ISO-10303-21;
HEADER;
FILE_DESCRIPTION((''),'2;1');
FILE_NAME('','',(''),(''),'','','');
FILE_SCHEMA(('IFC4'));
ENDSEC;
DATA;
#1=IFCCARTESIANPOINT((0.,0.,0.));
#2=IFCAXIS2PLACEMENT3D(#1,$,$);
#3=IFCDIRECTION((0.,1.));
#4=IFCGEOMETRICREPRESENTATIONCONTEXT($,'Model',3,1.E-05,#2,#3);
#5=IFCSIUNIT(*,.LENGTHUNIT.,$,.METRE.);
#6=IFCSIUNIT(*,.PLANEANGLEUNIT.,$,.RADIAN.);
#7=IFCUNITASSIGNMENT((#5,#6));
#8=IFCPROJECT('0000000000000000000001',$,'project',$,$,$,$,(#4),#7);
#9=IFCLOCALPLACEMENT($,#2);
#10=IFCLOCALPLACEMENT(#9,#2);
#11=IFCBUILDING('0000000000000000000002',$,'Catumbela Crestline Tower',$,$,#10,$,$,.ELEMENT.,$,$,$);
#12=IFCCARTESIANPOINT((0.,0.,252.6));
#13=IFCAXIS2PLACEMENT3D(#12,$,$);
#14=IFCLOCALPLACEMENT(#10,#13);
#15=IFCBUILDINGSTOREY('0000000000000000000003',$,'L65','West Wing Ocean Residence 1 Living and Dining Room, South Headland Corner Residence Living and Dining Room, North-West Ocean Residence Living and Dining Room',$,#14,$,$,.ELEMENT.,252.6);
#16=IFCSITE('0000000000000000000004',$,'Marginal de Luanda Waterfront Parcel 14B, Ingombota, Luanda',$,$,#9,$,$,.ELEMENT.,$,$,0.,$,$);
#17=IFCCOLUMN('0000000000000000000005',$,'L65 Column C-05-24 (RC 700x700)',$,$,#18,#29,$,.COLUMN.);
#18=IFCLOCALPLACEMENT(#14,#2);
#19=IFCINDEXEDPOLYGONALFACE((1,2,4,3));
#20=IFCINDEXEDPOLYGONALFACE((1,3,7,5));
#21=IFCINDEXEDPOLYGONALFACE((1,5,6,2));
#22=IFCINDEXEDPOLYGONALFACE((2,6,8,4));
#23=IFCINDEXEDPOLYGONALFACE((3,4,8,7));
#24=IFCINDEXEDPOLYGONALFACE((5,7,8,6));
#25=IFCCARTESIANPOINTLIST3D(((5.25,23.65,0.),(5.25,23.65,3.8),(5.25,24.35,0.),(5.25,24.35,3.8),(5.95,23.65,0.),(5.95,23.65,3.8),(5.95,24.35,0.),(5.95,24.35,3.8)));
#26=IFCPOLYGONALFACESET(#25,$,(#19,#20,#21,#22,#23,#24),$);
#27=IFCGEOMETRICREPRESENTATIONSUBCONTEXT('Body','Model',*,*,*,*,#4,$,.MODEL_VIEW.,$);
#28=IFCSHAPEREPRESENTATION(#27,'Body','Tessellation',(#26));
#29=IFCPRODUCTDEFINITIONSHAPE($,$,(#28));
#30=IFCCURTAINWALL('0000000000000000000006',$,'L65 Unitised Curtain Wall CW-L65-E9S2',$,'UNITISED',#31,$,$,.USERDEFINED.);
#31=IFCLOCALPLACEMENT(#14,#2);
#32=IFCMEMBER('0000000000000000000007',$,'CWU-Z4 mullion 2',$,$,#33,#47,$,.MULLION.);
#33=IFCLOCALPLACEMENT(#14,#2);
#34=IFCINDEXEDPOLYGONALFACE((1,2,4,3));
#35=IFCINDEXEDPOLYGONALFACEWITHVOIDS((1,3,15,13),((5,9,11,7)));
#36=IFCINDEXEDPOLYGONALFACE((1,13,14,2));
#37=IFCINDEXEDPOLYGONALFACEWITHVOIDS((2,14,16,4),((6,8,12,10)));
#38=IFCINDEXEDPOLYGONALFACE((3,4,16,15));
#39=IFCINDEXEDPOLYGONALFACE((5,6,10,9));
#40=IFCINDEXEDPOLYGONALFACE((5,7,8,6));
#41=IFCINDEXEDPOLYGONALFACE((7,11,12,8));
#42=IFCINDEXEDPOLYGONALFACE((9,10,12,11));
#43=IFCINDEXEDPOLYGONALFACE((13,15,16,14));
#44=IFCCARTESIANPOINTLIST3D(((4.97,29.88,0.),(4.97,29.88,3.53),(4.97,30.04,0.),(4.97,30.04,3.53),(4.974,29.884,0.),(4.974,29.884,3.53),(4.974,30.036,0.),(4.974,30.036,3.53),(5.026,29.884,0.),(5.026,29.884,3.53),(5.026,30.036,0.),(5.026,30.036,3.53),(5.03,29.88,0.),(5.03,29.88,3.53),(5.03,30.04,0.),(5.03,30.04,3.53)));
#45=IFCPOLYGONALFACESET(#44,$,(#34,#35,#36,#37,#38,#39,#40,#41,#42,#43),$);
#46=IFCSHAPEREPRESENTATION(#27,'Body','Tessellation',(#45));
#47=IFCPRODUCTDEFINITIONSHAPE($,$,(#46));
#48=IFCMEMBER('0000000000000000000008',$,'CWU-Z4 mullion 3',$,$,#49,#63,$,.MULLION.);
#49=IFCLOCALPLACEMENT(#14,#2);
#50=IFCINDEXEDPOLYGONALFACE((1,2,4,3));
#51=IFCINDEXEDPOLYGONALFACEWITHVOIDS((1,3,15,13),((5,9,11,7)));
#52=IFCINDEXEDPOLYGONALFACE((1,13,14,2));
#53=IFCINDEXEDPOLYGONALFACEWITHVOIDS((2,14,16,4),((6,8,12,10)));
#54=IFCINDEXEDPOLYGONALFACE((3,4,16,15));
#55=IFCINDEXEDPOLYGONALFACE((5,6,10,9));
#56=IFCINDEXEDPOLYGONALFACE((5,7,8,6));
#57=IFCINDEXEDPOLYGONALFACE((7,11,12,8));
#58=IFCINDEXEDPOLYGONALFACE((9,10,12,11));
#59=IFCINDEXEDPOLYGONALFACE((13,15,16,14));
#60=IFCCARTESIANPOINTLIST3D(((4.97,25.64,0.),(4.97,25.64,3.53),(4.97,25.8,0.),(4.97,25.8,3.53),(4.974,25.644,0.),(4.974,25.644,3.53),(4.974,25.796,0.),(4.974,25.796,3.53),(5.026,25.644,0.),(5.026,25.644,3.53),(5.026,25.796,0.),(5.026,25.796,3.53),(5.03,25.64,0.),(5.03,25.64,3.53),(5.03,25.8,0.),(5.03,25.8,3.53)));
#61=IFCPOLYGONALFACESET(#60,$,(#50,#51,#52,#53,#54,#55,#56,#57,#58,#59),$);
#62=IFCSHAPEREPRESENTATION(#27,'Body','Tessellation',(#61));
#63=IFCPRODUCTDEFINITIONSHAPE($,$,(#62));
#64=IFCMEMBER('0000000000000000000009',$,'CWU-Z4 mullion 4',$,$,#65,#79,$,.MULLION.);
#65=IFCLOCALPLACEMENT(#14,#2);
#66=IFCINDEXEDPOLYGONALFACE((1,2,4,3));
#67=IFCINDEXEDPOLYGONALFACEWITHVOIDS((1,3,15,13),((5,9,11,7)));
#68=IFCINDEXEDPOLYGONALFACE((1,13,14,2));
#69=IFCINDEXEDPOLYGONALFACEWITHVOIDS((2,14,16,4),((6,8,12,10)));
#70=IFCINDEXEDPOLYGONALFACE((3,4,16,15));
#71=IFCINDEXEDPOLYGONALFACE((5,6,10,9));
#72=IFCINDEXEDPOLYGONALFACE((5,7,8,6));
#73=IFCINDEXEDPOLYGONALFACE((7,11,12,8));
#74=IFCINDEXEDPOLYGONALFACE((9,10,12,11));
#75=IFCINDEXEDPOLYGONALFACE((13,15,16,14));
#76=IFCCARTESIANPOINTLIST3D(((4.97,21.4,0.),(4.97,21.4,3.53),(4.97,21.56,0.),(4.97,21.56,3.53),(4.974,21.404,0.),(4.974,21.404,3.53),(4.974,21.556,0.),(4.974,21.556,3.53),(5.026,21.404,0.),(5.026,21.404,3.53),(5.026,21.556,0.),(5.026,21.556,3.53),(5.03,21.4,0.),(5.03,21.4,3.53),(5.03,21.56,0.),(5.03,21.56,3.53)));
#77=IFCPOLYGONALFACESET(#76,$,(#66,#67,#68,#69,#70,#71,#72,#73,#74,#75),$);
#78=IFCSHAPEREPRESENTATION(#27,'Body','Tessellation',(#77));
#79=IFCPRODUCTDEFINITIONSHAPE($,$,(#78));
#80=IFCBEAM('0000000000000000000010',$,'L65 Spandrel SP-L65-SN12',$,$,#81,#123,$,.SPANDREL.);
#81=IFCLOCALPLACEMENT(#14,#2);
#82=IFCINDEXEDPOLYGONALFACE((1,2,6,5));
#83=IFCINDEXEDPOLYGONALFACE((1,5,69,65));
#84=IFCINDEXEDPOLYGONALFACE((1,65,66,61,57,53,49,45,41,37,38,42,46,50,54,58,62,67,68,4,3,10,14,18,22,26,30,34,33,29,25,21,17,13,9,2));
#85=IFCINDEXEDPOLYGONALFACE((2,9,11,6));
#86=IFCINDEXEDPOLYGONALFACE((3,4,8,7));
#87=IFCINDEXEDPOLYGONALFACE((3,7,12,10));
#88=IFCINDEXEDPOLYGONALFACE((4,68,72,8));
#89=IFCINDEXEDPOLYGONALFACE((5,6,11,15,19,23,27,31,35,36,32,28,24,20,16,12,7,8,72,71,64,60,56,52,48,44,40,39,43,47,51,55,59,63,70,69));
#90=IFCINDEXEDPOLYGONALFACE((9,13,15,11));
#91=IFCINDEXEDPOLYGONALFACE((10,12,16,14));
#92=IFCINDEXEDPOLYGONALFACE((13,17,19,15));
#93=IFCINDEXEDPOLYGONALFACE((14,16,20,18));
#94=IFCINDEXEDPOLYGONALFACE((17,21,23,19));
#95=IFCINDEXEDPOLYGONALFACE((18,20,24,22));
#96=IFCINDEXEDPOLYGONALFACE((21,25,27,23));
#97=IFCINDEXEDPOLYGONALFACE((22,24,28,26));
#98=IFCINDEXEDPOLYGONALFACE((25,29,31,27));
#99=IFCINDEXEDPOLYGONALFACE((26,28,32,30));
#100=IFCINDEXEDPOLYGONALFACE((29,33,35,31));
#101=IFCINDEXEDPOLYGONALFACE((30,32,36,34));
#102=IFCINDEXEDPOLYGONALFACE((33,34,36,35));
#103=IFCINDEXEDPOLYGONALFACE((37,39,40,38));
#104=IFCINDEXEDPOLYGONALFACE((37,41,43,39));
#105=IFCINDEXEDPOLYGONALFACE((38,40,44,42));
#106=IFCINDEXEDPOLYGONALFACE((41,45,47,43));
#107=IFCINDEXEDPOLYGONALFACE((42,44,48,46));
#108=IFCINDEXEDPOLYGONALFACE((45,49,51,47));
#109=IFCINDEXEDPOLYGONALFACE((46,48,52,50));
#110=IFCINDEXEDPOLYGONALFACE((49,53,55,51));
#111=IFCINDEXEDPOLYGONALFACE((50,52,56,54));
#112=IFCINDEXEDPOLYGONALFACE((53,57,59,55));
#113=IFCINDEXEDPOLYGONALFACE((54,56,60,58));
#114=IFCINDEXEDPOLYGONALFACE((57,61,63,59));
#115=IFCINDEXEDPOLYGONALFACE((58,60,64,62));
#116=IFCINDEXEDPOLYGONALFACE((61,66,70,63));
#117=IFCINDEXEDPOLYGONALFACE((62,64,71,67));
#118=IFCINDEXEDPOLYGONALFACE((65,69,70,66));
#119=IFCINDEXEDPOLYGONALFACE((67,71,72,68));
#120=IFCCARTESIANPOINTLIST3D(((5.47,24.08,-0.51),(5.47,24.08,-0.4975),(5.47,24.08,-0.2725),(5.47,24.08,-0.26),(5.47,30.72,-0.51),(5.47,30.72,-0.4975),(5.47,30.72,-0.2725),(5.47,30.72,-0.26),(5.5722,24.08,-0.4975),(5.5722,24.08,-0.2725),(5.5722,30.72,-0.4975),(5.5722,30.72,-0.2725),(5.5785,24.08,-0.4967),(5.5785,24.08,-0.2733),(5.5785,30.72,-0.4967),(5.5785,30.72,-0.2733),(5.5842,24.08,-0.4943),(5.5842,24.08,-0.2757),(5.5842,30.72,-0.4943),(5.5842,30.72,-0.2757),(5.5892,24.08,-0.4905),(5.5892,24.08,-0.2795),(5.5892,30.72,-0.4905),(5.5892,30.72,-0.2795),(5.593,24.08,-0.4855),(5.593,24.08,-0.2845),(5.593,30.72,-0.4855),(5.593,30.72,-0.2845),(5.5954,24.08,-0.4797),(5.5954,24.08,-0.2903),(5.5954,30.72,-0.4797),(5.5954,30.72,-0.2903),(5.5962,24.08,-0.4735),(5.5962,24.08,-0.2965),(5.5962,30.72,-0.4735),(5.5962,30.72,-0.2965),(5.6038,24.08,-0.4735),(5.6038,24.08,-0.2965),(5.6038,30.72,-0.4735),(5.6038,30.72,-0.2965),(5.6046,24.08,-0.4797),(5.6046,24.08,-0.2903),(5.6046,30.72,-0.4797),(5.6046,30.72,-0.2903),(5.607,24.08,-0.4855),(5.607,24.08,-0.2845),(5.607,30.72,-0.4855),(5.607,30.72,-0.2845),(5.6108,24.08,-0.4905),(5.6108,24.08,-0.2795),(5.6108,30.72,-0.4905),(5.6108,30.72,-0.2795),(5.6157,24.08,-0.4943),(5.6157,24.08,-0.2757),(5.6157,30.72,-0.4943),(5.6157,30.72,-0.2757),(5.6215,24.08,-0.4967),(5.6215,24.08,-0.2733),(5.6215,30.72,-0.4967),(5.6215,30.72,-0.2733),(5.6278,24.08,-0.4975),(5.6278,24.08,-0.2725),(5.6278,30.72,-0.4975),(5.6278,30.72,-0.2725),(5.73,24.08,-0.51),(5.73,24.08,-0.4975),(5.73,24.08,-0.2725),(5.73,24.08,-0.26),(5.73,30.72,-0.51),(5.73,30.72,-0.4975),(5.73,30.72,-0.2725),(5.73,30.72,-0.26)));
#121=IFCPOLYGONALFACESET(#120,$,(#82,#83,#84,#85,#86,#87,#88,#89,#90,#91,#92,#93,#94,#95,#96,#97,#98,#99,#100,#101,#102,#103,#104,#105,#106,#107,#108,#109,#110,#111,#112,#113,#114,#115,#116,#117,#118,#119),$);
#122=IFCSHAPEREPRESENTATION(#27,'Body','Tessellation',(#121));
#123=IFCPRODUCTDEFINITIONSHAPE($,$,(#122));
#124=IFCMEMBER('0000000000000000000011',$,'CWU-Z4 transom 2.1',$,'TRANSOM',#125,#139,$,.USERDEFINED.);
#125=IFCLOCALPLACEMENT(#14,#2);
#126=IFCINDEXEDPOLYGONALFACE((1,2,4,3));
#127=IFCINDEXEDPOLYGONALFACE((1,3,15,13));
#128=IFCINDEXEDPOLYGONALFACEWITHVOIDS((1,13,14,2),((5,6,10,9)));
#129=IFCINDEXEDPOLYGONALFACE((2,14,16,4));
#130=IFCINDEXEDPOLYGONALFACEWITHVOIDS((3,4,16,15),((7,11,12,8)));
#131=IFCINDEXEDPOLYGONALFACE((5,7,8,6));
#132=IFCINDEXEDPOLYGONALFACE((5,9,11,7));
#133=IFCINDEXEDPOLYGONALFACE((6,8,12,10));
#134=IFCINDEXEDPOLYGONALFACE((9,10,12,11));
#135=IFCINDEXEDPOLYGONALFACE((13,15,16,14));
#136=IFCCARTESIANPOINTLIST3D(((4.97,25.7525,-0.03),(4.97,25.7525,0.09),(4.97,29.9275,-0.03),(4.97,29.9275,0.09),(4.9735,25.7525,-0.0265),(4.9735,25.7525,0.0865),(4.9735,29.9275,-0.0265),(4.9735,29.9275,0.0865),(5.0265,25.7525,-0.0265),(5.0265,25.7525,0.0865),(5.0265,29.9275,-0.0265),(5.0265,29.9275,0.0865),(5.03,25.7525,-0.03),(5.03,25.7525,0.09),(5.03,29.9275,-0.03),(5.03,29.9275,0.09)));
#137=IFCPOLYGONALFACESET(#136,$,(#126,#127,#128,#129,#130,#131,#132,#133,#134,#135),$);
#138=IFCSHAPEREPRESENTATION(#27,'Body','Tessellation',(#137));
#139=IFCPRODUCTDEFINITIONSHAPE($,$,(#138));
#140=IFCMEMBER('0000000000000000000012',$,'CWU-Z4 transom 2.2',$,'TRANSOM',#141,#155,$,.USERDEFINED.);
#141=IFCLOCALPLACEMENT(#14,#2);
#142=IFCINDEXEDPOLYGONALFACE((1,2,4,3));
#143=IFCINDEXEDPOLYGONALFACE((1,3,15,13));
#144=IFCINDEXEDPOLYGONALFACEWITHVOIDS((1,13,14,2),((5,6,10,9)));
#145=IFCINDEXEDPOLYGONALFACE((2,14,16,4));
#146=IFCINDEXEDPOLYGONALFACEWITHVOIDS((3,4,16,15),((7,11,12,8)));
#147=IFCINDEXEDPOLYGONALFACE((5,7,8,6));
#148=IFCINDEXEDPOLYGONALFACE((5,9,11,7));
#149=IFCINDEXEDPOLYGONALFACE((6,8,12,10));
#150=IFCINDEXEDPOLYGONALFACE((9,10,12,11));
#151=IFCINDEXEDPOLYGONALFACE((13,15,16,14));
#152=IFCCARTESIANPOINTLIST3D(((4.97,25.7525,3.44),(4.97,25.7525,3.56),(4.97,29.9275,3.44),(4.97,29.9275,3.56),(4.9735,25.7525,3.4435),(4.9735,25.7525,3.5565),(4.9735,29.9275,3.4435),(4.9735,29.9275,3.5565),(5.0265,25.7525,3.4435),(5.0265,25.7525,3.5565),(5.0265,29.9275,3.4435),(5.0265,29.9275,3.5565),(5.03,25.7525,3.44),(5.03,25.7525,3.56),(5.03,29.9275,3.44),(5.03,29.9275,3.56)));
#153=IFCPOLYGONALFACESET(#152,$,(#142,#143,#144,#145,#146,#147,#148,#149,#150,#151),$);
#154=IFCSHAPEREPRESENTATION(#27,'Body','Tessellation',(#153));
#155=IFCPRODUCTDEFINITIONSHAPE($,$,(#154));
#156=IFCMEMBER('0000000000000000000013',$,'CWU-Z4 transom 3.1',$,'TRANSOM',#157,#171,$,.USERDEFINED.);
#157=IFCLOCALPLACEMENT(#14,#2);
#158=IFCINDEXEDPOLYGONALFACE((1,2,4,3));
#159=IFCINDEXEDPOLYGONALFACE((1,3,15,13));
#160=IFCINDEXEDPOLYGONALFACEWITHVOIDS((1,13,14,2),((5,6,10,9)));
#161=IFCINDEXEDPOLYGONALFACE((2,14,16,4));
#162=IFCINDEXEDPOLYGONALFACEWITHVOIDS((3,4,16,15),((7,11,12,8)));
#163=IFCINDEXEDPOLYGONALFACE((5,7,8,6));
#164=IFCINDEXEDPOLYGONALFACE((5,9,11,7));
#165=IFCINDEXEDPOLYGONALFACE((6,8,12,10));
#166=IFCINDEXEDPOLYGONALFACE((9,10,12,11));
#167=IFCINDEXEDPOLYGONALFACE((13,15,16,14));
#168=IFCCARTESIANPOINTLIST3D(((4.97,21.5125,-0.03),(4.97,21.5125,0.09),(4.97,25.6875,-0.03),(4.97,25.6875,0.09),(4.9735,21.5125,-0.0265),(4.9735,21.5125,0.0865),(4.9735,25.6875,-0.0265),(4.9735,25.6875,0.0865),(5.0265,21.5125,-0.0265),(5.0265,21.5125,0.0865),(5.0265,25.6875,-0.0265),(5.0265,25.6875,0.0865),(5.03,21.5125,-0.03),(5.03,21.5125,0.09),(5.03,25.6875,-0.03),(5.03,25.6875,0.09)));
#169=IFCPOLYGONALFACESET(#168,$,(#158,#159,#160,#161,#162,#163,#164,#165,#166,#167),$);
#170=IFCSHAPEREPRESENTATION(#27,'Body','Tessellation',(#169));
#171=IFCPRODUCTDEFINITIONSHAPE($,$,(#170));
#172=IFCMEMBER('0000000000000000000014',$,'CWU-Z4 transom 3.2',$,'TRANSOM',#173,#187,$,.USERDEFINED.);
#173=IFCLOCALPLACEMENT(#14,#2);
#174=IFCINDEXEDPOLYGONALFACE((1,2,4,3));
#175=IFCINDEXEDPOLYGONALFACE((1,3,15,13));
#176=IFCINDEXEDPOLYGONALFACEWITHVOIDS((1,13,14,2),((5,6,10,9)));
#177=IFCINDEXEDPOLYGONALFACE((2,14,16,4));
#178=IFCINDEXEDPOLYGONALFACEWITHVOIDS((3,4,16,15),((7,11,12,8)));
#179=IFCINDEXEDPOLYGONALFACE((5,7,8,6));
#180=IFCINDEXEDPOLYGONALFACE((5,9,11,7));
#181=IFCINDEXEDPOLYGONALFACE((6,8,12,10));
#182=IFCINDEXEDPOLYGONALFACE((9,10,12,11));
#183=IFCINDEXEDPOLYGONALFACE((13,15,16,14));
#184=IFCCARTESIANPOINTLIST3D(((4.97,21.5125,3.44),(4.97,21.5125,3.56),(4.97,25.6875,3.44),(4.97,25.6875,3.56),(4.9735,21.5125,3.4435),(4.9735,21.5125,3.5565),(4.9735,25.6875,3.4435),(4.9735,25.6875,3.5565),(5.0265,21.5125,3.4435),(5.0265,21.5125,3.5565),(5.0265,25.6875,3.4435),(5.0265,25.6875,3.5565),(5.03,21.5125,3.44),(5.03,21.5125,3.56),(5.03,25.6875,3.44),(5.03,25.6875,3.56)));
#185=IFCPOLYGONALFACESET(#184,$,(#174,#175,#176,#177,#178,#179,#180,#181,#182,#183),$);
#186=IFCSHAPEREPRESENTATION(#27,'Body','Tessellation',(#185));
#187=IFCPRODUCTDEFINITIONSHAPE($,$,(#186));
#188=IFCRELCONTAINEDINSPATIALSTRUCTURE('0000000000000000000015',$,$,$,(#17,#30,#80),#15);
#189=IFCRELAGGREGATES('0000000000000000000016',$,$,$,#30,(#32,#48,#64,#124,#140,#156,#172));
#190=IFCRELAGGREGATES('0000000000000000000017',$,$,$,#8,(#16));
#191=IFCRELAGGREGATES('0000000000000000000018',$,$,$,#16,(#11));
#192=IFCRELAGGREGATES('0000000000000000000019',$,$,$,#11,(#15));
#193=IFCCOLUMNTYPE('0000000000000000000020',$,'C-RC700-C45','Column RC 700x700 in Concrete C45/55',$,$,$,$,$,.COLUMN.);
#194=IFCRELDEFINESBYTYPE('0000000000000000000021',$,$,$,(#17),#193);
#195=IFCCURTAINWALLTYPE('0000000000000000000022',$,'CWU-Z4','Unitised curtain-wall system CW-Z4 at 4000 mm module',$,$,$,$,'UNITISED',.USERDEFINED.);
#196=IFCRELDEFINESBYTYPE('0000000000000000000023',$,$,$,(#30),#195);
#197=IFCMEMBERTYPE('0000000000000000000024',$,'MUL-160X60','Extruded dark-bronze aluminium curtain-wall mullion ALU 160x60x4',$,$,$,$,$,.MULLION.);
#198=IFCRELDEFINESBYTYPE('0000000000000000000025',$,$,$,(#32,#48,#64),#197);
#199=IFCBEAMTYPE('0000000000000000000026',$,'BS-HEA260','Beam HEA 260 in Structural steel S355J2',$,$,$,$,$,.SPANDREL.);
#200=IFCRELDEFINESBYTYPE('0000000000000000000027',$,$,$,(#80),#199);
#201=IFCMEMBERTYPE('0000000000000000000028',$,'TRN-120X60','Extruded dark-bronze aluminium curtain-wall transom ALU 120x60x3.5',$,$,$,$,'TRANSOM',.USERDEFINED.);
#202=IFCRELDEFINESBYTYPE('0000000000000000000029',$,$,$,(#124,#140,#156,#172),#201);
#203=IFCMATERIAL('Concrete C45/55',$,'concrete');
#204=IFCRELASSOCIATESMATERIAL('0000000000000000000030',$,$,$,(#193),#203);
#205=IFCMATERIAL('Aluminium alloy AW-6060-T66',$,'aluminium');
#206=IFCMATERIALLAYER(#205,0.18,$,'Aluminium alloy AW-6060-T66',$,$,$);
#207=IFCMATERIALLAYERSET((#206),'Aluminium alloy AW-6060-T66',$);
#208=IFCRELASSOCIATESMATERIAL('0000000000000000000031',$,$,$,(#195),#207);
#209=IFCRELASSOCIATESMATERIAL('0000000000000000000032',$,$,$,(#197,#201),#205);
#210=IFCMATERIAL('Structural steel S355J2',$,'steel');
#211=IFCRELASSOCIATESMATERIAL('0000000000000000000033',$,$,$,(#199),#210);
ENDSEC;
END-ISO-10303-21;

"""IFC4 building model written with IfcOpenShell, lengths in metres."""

from ifc_helpers import new_model, si_unit, direction, frame, origin, origin_2d, place, context, subcontext, project, spatial, rectangle, hollow_rectangle, i_section, extrude, material, layer, layer_set, material_profile, profile_set, type_object, element, aggregate, save


model = new_model("IFC4")

# Units and contexts
model_context = context("Model", 3, precision=1e-05, world=origin(), true_north=direction((0.0, 1.0)))
body_context = subcontext(model_context, "Body", "Model", "MODEL_VIEW")
ifc_project = project(units=[si_unit("LENGTHUNIT", "METRE"), si_unit("PLANEANGLEUNIT", "RADIAN")], contexts=[model_context])

# Site, building, storey
site_placement = place(None, origin())
site = spatial("IfcSite", under=ifc_project, at=site_placement, Name="Marginal de Luanda Waterfront Parcel 14B, Ingombota, Luanda", CompositionType="ELEMENT", RefElevation=0.0)
building_placement = place(site_placement, origin())
building = spatial("IfcBuilding", under=site, at=building_placement, Name="Catumbela Crestline Tower", CompositionType="ELEMENT")
storey_placement = place(building_placement, frame((0.0, 0.0, 252.6)))
storey = spatial("IfcBuildingStorey", under=building, at=storey_placement, Name="L65", Description="West Wing Ocean Residence 1 Living and Dining Room, South Headland Corner Residence Living and Dining Room, North-West Ocean Residence Living and Dining Room", CompositionType="ELEMENT", Elevation=252.6)

# Column
ifc_material_1 = material(Name="Concrete C45/55", Category="concrete")
ifc_material_profile_1 = material_profile(ifc_material_1, rectangle(XDim=0.7, YDim=0.7, at=origin_2d()), Name="RC 700x700")
ifc_profile_set_1 = profile_set([ifc_material_profile_1], Name="Concrete C45/55")
column_type = type_object("IfcColumnType", Name="C-RC700-C45", Description="Column RC 700x700 in Concrete C45/55", PredefinedType="COLUMN", material=ifc_profile_set_1)
column_placement = place(storey_placement, frame((5.6, 24.0, 0.0), z_axis=(0.0, 0.0, 1.0), x_axis=(1.0, 0.0, 0.0)))
element("IfcColumn", 1, at=column_placement, inside=storey, type_object=column_type, Name="L65 Column C-05-24 (RC 700x700)", PredefinedType="COLUMN", context=body_context, shape_type="SweptSolid", body=[
    extrude(rectangle(XDim=0.7, YDim=0.7, at=origin_2d()), origin(), (0.0, 0.0, 1.0), 3.8),
])

# Curtain wall, members
ifc_material_2 = material(Name="Aluminium alloy AW-6060-T66", Category="aluminium")
ifc_layer_1 = layer(ifc_material_2, 0.18, Name="Aluminium alloy AW-6060-T66")
ifc_layer_set_1 = layer_set([ifc_layer_1], Name="Aluminium alloy AW-6060-T66")
curtain_wall_type = type_object("IfcCurtainWallType", Name="CWU-Z4", Description="Unitised curtain-wall system CW-Z4 at 4000 mm module", ElementType="UNITISED", PredefinedType="USERDEFINED", material=ifc_layer_set_1)
curtain_wall_placement = place(storey_placement, origin())
curtain_wall = element("IfcCurtainWall", 2, at=curtain_wall_placement, inside=storey, type_object=curtain_wall_type, Name="L65 Unitised Curtain Wall CW-L65-E9S2", ObjectType="UNITISED", PredefinedType="USERDEFINED")
ifc_material_profile_2 = material_profile(ifc_material_2, hollow_rectangle(XDim=0.06, YDim=0.16, WallThickness=0.004, at=origin_2d()), Name="ALU 160x60x4")
ifc_profile_set_2 = profile_set([ifc_material_profile_2], Name="Aluminium alloy AW-6060-T66")
member_type_1 = type_object("IfcMemberType", Name="MUL-160X60", Description="Extruded dark-bronze aluminium curtain-wall mullion ALU 160x60x4", PredefinedType="MULLION", material=ifc_profile_set_2)
member_1_placement = place(storey_placement, frame((5.0, 29.96, 0.0), z_axis=(0.0, 0.0, 1.0), x_axis=(1.0, 0.0, 0.0)))
member_1 = element("IfcMember", 3, at=member_1_placement, type_object=member_type_1, Name="CWU-Z4 mullion 2", PredefinedType="MULLION", context=body_context, shape_type="SweptSolid", body=[
    extrude(hollow_rectangle(XDim=0.06, YDim=0.16, WallThickness=0.004, at=origin_2d()), origin(), (0.0, 0.0, 1.0), 3.53),
])
member_2_placement = place(storey_placement, frame((5.0, 25.72, 0.0), z_axis=(0.0, 0.0, 1.0), x_axis=(1.0, 0.0, 0.0)))
member_2 = element("IfcMember", 4, at=member_2_placement, type_object=member_type_1, Name="CWU-Z4 mullion 3", PredefinedType="MULLION", context=body_context, shape_type="SweptSolid", body=[
    extrude(hollow_rectangle(XDim=0.06, YDim=0.16, WallThickness=0.004, at=origin_2d()), origin(), (0.0, 0.0, 1.0), 3.53),
])
member_3_placement = place(storey_placement, frame((5.0, 21.48, 0.0), z_axis=(0.0, 0.0, 1.0), x_axis=(1.0, 0.0, 0.0)))
member_3 = element("IfcMember", 5, at=member_3_placement, type_object=member_type_1, Name="CWU-Z4 mullion 4", PredefinedType="MULLION", context=body_context, shape_type="SweptSolid", body=[
    extrude(hollow_rectangle(XDim=0.06, YDim=0.16, WallThickness=0.004, at=origin_2d()), origin(), (0.0, 0.0, 1.0), 3.53),
])

# Beam
ifc_material_3 = material(Name="Structural steel S355J2", Category="steel")
ifc_material_profile_3 = material_profile(ifc_material_3, i_section(OverallWidth=0.26, OverallDepth=0.25, WebThickness=0.0075, FlangeThickness=0.0125, FilletRadius=0.024, at=origin_2d()), Name="HEA 260")
ifc_profile_set_3 = profile_set([ifc_material_profile_3], Name="Structural steel S355J2")
beam_type = type_object("IfcBeamType", Name="BS-HEA260", Description="Beam HEA 260 in Structural steel S355J2", PredefinedType="SPANDREL", material=ifc_profile_set_3)
beam_placement = place(storey_placement, frame((5.6, 24.08, -0.385), z_axis=(0.0, 1.0, 0.0), x_axis=(-1.0, 0.0, 0.0)))
element("IfcBeam", 6, at=beam_placement, inside=storey, type_object=beam_type, Name="L65 Spandrel SP-L65-SN12", PredefinedType="SPANDREL", context=body_context, shape_type="SweptSolid", body=[
    extrude(i_section(OverallWidth=0.26, OverallDepth=0.25, WebThickness=0.0075, FlangeThickness=0.0125, FilletRadius=0.024, at=origin_2d()), origin(), (0.0, 0.0, 1.0), 6.64),
])

# Members
ifc_material_profile_4 = material_profile(ifc_material_2, hollow_rectangle(XDim=0.06, YDim=0.12, WallThickness=0.0035, at=origin_2d()), Name="ALU 120x60x3.5")
ifc_profile_set_4 = profile_set([ifc_material_profile_4], Name="Aluminium alloy AW-6060-T66")
member_type_2 = type_object("IfcMemberType", Name="TRN-120X60", Description="Extruded dark-bronze aluminium curtain-wall transom ALU 120x60x3.5", ElementType="TRANSOM", PredefinedType="USERDEFINED", material=ifc_profile_set_4)
member_4_placement = place(storey_placement, frame((5.0, 29.9275, 0.03), z_axis=(0.0, -1.0, 0.0), x_axis=(1.0, 0.0, 0.0)))
member_4 = element("IfcMember", 7, at=member_4_placement, type_object=member_type_2, Name="CWU-Z4 transom 2.1", ObjectType="TRANSOM", PredefinedType="USERDEFINED", context=body_context, shape_type="SweptSolid", body=[
    extrude(hollow_rectangle(XDim=0.06, YDim=0.12, WallThickness=0.0035, at=origin_2d()), origin(), (0.0, 0.0, 1.0), 4.175),
])
member_5_placement = place(storey_placement, frame((5.0, 29.9275, 3.5), z_axis=(0.0, -1.0, 0.0), x_axis=(1.0, 0.0, 0.0)))
member_5 = element("IfcMember", 8, at=member_5_placement, type_object=member_type_2, Name="CWU-Z4 transom 2.2", ObjectType="TRANSOM", PredefinedType="USERDEFINED", context=body_context, shape_type="SweptSolid", body=[
    extrude(hollow_rectangle(XDim=0.06, YDim=0.12, WallThickness=0.0035, at=origin_2d()), origin(), (0.0, 0.0, 1.0), 4.175),
])
member_6_placement = place(storey_placement, frame((5.0, 25.6875, 0.03), z_axis=(0.0, -1.0, 0.0), x_axis=(1.0, 0.0, 0.0)))
member_6 = element("IfcMember", 9, at=member_6_placement, type_object=member_type_2, Name="CWU-Z4 transom 3.1", ObjectType="TRANSOM", PredefinedType="USERDEFINED", context=body_context, shape_type="SweptSolid", body=[
    extrude(hollow_rectangle(XDim=0.06, YDim=0.12, WallThickness=0.0035, at=origin_2d()), origin(), (0.0, 0.0, 1.0), 4.175),
])
member_7_placement = place(storey_placement, frame((5.0, 25.6875, 3.5), z_axis=(0.0, -1.0, 0.0), x_axis=(1.0, 0.0, 0.0)))
member_7 = element("IfcMember", 10, at=member_7_placement, type_object=member_type_2, Name="CWU-Z4 transom 3.2", ObjectType="TRANSOM", PredefinedType="USERDEFINED", context=body_context, shape_type="SweptSolid", body=[
    extrude(hollow_rectangle(XDim=0.06, YDim=0.12, WallThickness=0.0035, at=origin_2d()), origin(), (0.0, 0.0, 1.0), 4.175),
])

aggregate(curtain_wall, [member_1, member_2, member_3, member_4, member_5, member_6, member_7])

save(model, "model.ifc")
